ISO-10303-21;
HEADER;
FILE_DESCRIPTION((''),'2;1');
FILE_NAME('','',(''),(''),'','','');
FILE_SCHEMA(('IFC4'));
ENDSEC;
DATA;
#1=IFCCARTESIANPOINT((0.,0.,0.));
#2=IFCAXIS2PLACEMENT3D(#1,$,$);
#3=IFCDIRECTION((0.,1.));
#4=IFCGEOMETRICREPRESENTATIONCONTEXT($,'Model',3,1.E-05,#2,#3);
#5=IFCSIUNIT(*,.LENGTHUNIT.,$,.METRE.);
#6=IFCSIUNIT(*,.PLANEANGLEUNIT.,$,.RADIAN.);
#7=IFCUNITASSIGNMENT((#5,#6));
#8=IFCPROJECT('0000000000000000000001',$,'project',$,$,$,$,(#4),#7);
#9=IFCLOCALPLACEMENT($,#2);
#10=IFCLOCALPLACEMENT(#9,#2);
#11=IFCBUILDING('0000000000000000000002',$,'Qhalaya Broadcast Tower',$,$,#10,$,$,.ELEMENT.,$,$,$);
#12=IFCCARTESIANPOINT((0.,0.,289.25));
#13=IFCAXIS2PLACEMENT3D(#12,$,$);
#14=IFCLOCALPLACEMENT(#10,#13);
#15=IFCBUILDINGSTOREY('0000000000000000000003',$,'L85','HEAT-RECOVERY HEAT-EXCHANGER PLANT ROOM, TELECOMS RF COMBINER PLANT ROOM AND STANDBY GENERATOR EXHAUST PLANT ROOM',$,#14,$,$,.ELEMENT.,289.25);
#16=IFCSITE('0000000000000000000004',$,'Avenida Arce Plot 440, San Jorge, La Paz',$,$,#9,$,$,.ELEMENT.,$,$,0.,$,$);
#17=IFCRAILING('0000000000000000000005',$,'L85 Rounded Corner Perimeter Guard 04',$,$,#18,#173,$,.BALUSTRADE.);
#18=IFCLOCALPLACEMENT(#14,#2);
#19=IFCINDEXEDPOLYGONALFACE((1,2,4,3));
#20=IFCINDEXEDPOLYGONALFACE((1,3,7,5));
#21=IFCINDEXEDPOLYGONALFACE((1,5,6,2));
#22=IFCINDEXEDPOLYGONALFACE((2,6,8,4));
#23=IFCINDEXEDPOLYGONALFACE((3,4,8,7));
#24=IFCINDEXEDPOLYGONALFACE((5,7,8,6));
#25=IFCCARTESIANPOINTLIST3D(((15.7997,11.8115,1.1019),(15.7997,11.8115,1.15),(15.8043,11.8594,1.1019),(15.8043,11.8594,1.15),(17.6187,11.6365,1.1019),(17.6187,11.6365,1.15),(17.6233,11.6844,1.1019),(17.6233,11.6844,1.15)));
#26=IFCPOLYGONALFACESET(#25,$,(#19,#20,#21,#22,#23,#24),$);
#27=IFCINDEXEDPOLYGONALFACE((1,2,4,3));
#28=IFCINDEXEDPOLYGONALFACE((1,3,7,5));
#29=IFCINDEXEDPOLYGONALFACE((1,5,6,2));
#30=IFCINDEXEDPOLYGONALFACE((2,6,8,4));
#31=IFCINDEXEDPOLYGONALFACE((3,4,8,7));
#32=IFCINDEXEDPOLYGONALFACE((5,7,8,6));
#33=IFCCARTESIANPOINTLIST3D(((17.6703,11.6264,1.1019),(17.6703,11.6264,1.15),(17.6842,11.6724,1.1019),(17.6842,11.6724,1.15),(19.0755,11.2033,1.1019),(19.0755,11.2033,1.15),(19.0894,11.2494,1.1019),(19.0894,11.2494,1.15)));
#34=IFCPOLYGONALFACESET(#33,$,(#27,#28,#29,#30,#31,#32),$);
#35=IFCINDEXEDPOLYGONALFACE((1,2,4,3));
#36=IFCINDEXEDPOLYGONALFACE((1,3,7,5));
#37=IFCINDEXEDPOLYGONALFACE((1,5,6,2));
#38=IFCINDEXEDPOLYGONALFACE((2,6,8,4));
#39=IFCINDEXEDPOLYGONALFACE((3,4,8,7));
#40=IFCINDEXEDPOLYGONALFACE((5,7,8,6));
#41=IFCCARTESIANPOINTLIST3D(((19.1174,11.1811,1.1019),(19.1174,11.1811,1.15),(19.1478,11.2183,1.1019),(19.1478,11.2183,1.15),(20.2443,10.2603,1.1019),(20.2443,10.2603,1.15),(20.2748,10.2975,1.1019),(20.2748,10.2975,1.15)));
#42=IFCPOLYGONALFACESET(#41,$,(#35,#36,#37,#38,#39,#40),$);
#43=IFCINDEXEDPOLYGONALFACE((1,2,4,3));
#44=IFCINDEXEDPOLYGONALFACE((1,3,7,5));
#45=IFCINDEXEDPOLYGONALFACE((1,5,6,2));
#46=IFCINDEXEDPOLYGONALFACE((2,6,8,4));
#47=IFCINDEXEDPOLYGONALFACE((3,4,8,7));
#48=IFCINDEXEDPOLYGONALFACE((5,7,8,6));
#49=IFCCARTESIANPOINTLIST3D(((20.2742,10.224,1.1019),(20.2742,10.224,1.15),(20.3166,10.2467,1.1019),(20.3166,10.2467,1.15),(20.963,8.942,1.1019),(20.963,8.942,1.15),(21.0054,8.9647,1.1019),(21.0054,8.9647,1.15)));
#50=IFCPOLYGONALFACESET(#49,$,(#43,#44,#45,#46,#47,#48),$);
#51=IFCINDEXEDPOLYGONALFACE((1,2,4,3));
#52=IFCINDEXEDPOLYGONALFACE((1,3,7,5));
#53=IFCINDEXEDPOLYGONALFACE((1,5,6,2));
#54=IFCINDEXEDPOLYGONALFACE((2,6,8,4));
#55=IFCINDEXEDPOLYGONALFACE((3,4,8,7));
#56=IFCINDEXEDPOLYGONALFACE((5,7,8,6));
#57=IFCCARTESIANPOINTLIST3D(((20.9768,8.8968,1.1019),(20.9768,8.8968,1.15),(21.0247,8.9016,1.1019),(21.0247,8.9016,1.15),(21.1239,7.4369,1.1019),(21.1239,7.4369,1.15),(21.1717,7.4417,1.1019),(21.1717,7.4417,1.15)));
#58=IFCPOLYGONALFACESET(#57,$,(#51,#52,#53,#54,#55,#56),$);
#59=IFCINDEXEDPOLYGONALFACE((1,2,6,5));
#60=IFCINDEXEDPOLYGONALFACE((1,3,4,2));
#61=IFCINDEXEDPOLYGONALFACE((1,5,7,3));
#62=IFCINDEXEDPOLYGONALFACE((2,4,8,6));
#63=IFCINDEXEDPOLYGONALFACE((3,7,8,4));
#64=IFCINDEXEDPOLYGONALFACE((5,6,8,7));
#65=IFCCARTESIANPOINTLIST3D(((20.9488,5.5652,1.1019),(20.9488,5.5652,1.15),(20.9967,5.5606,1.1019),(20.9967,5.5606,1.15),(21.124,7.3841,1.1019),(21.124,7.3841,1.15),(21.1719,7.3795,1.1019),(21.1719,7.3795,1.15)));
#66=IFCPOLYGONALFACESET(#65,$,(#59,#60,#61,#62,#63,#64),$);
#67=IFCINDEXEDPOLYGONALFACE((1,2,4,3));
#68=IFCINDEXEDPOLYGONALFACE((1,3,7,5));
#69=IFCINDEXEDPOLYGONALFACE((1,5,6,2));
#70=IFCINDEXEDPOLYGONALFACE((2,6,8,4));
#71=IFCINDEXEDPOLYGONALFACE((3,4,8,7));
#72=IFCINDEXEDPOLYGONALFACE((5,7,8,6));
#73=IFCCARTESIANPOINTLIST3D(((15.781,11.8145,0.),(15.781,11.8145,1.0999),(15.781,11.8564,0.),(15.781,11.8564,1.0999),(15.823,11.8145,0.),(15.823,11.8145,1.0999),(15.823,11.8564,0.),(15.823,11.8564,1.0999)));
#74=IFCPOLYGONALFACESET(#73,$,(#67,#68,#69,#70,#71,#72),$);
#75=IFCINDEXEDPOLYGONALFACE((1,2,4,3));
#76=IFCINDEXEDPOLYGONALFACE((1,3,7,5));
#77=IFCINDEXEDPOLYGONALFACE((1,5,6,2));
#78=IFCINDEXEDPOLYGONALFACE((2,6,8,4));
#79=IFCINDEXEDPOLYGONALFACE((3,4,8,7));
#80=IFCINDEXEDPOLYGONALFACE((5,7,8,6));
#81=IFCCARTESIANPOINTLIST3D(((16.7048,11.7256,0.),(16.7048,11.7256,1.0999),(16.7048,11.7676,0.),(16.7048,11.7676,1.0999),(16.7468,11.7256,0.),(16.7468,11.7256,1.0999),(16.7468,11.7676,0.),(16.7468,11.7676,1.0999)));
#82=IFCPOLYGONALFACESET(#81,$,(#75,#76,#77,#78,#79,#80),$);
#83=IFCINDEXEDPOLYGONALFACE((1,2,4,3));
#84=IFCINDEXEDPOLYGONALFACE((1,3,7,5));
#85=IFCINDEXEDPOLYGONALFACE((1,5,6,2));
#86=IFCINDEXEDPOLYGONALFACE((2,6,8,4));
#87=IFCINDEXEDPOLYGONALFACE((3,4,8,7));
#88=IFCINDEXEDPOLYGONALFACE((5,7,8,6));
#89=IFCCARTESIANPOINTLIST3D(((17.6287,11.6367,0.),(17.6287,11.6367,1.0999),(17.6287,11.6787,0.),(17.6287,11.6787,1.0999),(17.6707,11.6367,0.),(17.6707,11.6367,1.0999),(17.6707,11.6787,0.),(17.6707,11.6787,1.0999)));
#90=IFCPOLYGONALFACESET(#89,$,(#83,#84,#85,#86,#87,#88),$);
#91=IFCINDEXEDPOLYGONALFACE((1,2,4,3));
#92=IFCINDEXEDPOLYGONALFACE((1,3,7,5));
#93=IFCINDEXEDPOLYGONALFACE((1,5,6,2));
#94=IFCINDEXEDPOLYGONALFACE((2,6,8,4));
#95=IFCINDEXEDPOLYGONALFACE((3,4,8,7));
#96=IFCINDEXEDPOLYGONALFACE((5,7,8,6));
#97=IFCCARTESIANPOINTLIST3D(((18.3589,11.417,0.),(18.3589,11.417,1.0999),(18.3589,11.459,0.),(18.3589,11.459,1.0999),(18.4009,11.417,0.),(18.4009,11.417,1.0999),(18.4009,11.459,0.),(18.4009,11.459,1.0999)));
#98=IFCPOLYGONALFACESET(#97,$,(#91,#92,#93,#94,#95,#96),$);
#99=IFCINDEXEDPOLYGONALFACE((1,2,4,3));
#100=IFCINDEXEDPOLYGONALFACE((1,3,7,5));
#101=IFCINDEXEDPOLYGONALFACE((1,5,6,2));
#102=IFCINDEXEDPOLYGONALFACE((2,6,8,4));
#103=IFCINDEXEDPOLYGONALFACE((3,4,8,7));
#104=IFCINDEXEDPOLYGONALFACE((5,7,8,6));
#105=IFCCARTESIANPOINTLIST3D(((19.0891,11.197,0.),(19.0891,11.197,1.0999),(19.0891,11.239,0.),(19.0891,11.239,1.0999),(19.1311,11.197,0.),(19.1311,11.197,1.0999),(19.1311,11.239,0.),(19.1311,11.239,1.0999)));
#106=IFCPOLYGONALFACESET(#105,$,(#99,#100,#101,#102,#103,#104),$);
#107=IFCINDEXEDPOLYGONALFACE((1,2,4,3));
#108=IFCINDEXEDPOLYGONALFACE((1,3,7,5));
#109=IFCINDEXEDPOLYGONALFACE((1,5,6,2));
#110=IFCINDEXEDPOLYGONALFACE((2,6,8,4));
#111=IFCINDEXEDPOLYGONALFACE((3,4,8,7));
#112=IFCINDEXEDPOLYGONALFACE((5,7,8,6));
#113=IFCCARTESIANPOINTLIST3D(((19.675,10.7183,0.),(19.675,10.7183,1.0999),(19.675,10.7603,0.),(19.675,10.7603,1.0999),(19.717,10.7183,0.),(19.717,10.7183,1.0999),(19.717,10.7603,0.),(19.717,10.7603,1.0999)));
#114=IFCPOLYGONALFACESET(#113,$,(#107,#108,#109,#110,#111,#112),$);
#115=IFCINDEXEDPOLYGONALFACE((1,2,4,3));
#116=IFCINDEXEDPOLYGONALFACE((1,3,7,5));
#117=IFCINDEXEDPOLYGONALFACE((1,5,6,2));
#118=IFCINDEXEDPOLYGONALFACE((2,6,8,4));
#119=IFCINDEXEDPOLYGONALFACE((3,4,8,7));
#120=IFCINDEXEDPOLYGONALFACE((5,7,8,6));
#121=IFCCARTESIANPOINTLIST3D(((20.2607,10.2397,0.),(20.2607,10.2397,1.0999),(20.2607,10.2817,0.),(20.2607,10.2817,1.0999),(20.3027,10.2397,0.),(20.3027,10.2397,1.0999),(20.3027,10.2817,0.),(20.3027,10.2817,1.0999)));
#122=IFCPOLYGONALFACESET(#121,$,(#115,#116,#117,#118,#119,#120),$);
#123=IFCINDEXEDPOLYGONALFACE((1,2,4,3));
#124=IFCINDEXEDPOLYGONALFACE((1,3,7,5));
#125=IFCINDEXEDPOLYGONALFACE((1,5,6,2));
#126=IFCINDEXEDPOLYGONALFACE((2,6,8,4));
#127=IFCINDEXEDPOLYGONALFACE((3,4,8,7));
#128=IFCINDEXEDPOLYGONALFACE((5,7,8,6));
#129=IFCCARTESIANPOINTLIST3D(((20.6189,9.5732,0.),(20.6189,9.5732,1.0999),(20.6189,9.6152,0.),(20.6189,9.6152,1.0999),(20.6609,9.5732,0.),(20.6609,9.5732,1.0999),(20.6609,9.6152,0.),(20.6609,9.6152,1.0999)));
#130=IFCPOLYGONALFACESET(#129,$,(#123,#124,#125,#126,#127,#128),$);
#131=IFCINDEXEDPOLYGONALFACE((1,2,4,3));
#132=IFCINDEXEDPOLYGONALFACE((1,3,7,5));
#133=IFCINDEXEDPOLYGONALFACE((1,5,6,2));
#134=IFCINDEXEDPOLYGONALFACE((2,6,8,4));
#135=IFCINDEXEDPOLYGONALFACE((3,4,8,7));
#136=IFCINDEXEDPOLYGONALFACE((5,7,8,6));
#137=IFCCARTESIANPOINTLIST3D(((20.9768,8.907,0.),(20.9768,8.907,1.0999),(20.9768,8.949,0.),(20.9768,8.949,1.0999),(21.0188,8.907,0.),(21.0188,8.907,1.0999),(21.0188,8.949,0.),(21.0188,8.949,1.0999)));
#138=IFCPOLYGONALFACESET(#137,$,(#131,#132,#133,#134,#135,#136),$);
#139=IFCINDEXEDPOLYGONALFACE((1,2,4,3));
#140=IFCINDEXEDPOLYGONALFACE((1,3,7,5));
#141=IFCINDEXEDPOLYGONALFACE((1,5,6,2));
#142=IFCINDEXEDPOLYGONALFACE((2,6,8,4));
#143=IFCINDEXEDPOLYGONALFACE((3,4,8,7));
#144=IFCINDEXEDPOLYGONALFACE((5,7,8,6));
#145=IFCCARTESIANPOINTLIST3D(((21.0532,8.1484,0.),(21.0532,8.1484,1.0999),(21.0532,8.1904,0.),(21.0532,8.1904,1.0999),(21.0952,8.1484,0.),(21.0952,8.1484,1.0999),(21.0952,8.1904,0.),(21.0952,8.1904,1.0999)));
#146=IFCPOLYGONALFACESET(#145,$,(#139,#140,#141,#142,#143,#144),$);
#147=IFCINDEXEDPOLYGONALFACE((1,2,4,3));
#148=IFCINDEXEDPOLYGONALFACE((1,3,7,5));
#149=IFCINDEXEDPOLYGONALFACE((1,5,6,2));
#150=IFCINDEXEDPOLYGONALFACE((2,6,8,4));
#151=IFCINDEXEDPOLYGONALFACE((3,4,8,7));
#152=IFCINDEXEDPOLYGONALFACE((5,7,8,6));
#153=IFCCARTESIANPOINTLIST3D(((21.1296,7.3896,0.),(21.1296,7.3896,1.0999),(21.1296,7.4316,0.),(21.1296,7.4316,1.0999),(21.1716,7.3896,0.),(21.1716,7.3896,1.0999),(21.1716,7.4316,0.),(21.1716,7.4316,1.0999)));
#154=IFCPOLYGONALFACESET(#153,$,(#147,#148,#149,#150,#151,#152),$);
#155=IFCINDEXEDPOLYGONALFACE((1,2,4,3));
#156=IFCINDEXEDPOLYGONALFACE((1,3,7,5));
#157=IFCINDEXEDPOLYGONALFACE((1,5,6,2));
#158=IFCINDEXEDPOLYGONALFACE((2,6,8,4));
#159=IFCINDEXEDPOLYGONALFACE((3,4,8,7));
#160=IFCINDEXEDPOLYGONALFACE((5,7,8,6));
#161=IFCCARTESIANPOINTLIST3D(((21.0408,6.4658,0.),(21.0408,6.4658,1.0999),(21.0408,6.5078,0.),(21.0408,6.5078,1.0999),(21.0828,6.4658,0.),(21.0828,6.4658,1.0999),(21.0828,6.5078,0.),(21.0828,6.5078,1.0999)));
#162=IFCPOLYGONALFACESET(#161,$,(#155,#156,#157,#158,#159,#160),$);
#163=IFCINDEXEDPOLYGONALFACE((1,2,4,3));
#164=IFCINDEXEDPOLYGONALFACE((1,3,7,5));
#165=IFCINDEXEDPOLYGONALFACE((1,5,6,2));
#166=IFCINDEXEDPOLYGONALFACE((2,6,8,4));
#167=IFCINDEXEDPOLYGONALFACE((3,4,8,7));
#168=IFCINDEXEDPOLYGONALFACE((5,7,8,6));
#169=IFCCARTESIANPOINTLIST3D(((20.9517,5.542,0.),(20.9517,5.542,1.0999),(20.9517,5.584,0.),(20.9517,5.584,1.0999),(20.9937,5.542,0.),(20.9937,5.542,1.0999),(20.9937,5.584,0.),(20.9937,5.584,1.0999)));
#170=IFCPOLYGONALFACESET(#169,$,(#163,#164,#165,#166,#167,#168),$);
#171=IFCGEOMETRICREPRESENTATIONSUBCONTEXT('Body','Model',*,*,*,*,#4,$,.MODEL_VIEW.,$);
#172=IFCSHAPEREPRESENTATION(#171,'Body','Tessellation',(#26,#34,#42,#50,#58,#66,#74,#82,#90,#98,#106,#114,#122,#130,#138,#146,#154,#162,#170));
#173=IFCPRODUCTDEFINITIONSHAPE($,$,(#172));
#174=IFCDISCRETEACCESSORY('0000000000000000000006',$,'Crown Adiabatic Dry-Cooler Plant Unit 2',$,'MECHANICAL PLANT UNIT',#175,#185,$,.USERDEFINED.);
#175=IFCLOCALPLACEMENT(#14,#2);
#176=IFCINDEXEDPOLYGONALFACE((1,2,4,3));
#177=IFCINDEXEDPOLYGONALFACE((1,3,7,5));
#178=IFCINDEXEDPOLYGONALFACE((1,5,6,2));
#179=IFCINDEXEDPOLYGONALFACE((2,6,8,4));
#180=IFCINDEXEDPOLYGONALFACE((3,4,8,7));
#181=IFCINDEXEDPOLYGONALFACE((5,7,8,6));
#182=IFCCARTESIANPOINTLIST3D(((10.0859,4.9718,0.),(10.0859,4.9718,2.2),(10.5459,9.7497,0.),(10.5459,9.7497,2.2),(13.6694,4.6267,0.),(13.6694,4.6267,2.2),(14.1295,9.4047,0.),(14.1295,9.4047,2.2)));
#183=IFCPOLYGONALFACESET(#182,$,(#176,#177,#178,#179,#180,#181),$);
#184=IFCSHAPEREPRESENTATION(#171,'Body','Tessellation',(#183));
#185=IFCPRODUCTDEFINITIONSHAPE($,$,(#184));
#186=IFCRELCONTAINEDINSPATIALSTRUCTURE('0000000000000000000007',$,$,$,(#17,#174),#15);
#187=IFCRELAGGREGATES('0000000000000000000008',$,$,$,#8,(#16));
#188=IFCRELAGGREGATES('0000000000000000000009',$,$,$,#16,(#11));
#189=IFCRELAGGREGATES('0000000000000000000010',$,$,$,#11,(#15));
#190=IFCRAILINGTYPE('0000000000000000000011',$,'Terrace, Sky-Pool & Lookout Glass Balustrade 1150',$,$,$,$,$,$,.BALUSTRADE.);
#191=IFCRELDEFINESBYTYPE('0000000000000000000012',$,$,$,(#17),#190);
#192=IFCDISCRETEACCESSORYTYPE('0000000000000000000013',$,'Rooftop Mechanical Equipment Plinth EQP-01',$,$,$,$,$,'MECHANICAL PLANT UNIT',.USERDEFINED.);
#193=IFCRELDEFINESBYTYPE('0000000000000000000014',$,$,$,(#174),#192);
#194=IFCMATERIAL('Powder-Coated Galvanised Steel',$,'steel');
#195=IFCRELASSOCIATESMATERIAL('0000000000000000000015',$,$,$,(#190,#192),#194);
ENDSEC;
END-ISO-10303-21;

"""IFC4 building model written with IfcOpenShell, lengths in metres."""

from ifc_helpers import new_model, si_unit, direction, frame, origin, origin_2d, place, context, subcontext, project, spatial, rectangle, extrude, material, type_object, element, save


model = new_model("IFC4")

# Units and contexts
model_context = context("Model", 3, precision=1e-05, world=origin(), true_north=direction((0.0, 1.0)))
body_context = subcontext(model_context, "Body", "Model", "MODEL_VIEW")
ifc_project = project(units=[si_unit("LENGTHUNIT", "METRE"), si_unit("PLANEANGLEUNIT", "RADIAN")], contexts=[model_context])

# Site, building, storey
site_placement = place(None, origin())
site = spatial("IfcSite", under=ifc_project, at=site_placement, Name="Avenida Arce Plot 440, San Jorge, La Paz", CompositionType="ELEMENT", RefElevation=0.0)
building_placement = place(site_placement, origin())
building = spatial("IfcBuilding", under=site, at=building_placement, Name="Qhalaya Broadcast Tower", CompositionType="ELEMENT")
storey_placement = place(building_placement, frame((0.0, 0.0, 289.25)))
storey = spatial("IfcBuildingStorey", under=building, at=storey_placement, Name="L85", Description="HEAT-RECOVERY HEAT-EXCHANGER PLANT ROOM, TELECOMS RF COMBINER PLANT ROOM AND STANDBY GENERATOR EXHAUST PLANT ROOM", CompositionType="ELEMENT", Elevation=289.25)

# Railing
ifc_material_1 = material(Name="Powder-Coated Galvanised Steel", Category="steel")
railing_type = type_object("IfcRailingType", Name="Terrace, Sky-Pool & Lookout Glass Balustrade 1150", PredefinedType="BALUSTRADE", material=ifc_material_1)
railing_placement = place(storey_placement, frame((15.802, 11.8354, 0.0)))
element("IfcRailing", 1, at=railing_placement, inside=storey, type_object=railing_type, Name="L85 Rounded Corner Perimeter Guard 04", PredefinedType="BALUSTRADE", context=body_context, shape_type="SweptSolid", body=[
    extrude(rectangle(XDim=0.0481, YDim=0.0481, at=origin_2d()), frame((0.0, 0.0, 1.126), z_axis=(0.995405, -0.095753, 0.0), x_axis=(0.095753, 0.995405, 0.0)), (0.0, 0.0, 1.0), 1.8274),
    extrude(rectangle(XDim=0.0481, YDim=0.0481, at=origin_2d()), frame((1.8752, -0.186, 1.126), z_axis=(0.957544, -0.288288, 0.0), x_axis=(0.288288, 0.957544, 0.0)), (0.0, 0.0, 1.0), 1.4675),
    extrude(rectangle(XDim=0.0481, YDim=0.0481, at=origin_2d()), frame((3.3306, -0.6357, 1.126), z_axis=(0.774388, -0.63271, 0.0), x_axis=(0.63271, 0.774388, 0.0)), (0.0, 0.0, 1.0), 1.4553),
    extrude(rectangle(XDim=0.0481, YDim=0.0481, at=origin_2d()), frame((4.4934, -1.6001, 1.126), z_axis=(0.473291, -0.880906, 0.0), x_axis=(0.880906, 0.473291, 0.0)), (0.0, 0.0, 1.0), 1.4553),
    extrude(rectangle(XDim=0.0481, YDim=0.0481, at=origin_2d()), frame((5.1987, -2.9363, 1.126), z_axis=(0.100217, -0.994966, 0.0), x_axis=(0.994966, 0.100217, 0.0)), (0.0, 0.0, 1.0), 1.4673),
    extrude(rectangle(XDim=0.0481, YDim=0.0481, at=origin_2d()), frame((5.3459, -4.4536, 1.126), z_axis=(-0.095883, -0.995393, 0.0), x_axis=(0.995393, -0.095883, 0.0)), (0.0, 0.0, 1.0), 1.8274),
    extrude(rectangle(XDim=0.042, YDim=0.042, at=origin_2d()), origin(), (0.0, 0.0, 1.0), 1.0999),
    extrude(rectangle(XDim=0.042, YDim=0.042, at=origin_2d()), frame((0.9238, -0.0889, 0.0)), (0.0, 0.0, 1.0), 1.0999),
    extrude(rectangle(XDim=0.042, YDim=0.042, at=origin_2d()), frame((1.8477, -0.1777, 0.0)), (0.0, 0.0, 1.0), 1.0999),
    extrude(rectangle(XDim=0.042, YDim=0.042, at=origin_2d()), frame((2.5779, -0.3975, 0.0)), (0.0, 0.0, 1.0), 1.0999),
    extrude(rectangle(XDim=0.042, YDim=0.042, at=origin_2d()), frame((3.3081, -0.6174, 0.0)), (0.0, 0.0, 1.0), 1.0999),
    extrude(rectangle(XDim=0.042, YDim=0.042, at=origin_2d()), frame((3.894, -1.0962, 0.0)), (0.0, 0.0, 1.0), 1.0999),
    extrude(rectangle(XDim=0.042, YDim=0.042, at=origin_2d()), frame((4.4797, -1.5747, 0.0)), (0.0, 0.0, 1.0), 1.0999),
    extrude(rectangle(XDim=0.042, YDim=0.042, at=origin_2d()), frame((4.8379, -2.2412, 0.0)), (0.0, 0.0, 1.0), 1.0999),
    extrude(rectangle(XDim=0.042, YDim=0.042, at=origin_2d()), frame((5.1958, -2.9075, 0.0)), (0.0, 0.0, 1.0), 1.0999),
    extrude(rectangle(XDim=0.042, YDim=0.042, at=origin_2d()), frame((5.2722, -3.666, 0.0)), (0.0, 0.0, 1.0), 1.0999),
    extrude(rectangle(XDim=0.042, YDim=0.042, at=origin_2d()), frame((5.3486, -4.4248, 0.0)), (0.0, 0.0, 1.0), 1.0999),
    extrude(rectangle(XDim=0.042, YDim=0.042, at=origin_2d()), frame((5.2598, -5.3486, 0.0)), (0.0, 0.0, 1.0), 1.0999),
    extrude(rectangle(XDim=0.042, YDim=0.042, at=origin_2d()), frame((5.1707, -6.2725, 0.0)), (0.0, 0.0, 1.0), 1.0999),
])

# Discrete accessory
discrete_accessory_type = type_object("IfcDiscreteAccessoryType", Name="Rooftop Mechanical Equipment Plinth EQP-01", ElementType="MECHANICAL PLANT UNIT", PredefinedType="USERDEFINED", material=ifc_material_1)
discrete_accessory_placement = place(storey_placement, frame((12.1077, 7.1882, 0.0), z_axis=(0.0, 0.0, 1.0), x_axis=(0.995396, -0.095846, 0.0)))
element("IfcDiscreteAccessory", 2, at=discrete_accessory_placement, inside=storey, type_object=discrete_accessory_type, Name="Crown Adiabatic Dry-Cooler Plant Unit 2", ObjectType="MECHANICAL PLANT UNIT", PredefinedType="USERDEFINED", context=body_context, shape_type="SweptSolid", body=[
    extrude(rectangle(XDim=3.6001, YDim=4.8, at=origin_2d()), origin(), (0.0, 0.0, 1.0), 2.2),
])

save(model, "model.ifc")
